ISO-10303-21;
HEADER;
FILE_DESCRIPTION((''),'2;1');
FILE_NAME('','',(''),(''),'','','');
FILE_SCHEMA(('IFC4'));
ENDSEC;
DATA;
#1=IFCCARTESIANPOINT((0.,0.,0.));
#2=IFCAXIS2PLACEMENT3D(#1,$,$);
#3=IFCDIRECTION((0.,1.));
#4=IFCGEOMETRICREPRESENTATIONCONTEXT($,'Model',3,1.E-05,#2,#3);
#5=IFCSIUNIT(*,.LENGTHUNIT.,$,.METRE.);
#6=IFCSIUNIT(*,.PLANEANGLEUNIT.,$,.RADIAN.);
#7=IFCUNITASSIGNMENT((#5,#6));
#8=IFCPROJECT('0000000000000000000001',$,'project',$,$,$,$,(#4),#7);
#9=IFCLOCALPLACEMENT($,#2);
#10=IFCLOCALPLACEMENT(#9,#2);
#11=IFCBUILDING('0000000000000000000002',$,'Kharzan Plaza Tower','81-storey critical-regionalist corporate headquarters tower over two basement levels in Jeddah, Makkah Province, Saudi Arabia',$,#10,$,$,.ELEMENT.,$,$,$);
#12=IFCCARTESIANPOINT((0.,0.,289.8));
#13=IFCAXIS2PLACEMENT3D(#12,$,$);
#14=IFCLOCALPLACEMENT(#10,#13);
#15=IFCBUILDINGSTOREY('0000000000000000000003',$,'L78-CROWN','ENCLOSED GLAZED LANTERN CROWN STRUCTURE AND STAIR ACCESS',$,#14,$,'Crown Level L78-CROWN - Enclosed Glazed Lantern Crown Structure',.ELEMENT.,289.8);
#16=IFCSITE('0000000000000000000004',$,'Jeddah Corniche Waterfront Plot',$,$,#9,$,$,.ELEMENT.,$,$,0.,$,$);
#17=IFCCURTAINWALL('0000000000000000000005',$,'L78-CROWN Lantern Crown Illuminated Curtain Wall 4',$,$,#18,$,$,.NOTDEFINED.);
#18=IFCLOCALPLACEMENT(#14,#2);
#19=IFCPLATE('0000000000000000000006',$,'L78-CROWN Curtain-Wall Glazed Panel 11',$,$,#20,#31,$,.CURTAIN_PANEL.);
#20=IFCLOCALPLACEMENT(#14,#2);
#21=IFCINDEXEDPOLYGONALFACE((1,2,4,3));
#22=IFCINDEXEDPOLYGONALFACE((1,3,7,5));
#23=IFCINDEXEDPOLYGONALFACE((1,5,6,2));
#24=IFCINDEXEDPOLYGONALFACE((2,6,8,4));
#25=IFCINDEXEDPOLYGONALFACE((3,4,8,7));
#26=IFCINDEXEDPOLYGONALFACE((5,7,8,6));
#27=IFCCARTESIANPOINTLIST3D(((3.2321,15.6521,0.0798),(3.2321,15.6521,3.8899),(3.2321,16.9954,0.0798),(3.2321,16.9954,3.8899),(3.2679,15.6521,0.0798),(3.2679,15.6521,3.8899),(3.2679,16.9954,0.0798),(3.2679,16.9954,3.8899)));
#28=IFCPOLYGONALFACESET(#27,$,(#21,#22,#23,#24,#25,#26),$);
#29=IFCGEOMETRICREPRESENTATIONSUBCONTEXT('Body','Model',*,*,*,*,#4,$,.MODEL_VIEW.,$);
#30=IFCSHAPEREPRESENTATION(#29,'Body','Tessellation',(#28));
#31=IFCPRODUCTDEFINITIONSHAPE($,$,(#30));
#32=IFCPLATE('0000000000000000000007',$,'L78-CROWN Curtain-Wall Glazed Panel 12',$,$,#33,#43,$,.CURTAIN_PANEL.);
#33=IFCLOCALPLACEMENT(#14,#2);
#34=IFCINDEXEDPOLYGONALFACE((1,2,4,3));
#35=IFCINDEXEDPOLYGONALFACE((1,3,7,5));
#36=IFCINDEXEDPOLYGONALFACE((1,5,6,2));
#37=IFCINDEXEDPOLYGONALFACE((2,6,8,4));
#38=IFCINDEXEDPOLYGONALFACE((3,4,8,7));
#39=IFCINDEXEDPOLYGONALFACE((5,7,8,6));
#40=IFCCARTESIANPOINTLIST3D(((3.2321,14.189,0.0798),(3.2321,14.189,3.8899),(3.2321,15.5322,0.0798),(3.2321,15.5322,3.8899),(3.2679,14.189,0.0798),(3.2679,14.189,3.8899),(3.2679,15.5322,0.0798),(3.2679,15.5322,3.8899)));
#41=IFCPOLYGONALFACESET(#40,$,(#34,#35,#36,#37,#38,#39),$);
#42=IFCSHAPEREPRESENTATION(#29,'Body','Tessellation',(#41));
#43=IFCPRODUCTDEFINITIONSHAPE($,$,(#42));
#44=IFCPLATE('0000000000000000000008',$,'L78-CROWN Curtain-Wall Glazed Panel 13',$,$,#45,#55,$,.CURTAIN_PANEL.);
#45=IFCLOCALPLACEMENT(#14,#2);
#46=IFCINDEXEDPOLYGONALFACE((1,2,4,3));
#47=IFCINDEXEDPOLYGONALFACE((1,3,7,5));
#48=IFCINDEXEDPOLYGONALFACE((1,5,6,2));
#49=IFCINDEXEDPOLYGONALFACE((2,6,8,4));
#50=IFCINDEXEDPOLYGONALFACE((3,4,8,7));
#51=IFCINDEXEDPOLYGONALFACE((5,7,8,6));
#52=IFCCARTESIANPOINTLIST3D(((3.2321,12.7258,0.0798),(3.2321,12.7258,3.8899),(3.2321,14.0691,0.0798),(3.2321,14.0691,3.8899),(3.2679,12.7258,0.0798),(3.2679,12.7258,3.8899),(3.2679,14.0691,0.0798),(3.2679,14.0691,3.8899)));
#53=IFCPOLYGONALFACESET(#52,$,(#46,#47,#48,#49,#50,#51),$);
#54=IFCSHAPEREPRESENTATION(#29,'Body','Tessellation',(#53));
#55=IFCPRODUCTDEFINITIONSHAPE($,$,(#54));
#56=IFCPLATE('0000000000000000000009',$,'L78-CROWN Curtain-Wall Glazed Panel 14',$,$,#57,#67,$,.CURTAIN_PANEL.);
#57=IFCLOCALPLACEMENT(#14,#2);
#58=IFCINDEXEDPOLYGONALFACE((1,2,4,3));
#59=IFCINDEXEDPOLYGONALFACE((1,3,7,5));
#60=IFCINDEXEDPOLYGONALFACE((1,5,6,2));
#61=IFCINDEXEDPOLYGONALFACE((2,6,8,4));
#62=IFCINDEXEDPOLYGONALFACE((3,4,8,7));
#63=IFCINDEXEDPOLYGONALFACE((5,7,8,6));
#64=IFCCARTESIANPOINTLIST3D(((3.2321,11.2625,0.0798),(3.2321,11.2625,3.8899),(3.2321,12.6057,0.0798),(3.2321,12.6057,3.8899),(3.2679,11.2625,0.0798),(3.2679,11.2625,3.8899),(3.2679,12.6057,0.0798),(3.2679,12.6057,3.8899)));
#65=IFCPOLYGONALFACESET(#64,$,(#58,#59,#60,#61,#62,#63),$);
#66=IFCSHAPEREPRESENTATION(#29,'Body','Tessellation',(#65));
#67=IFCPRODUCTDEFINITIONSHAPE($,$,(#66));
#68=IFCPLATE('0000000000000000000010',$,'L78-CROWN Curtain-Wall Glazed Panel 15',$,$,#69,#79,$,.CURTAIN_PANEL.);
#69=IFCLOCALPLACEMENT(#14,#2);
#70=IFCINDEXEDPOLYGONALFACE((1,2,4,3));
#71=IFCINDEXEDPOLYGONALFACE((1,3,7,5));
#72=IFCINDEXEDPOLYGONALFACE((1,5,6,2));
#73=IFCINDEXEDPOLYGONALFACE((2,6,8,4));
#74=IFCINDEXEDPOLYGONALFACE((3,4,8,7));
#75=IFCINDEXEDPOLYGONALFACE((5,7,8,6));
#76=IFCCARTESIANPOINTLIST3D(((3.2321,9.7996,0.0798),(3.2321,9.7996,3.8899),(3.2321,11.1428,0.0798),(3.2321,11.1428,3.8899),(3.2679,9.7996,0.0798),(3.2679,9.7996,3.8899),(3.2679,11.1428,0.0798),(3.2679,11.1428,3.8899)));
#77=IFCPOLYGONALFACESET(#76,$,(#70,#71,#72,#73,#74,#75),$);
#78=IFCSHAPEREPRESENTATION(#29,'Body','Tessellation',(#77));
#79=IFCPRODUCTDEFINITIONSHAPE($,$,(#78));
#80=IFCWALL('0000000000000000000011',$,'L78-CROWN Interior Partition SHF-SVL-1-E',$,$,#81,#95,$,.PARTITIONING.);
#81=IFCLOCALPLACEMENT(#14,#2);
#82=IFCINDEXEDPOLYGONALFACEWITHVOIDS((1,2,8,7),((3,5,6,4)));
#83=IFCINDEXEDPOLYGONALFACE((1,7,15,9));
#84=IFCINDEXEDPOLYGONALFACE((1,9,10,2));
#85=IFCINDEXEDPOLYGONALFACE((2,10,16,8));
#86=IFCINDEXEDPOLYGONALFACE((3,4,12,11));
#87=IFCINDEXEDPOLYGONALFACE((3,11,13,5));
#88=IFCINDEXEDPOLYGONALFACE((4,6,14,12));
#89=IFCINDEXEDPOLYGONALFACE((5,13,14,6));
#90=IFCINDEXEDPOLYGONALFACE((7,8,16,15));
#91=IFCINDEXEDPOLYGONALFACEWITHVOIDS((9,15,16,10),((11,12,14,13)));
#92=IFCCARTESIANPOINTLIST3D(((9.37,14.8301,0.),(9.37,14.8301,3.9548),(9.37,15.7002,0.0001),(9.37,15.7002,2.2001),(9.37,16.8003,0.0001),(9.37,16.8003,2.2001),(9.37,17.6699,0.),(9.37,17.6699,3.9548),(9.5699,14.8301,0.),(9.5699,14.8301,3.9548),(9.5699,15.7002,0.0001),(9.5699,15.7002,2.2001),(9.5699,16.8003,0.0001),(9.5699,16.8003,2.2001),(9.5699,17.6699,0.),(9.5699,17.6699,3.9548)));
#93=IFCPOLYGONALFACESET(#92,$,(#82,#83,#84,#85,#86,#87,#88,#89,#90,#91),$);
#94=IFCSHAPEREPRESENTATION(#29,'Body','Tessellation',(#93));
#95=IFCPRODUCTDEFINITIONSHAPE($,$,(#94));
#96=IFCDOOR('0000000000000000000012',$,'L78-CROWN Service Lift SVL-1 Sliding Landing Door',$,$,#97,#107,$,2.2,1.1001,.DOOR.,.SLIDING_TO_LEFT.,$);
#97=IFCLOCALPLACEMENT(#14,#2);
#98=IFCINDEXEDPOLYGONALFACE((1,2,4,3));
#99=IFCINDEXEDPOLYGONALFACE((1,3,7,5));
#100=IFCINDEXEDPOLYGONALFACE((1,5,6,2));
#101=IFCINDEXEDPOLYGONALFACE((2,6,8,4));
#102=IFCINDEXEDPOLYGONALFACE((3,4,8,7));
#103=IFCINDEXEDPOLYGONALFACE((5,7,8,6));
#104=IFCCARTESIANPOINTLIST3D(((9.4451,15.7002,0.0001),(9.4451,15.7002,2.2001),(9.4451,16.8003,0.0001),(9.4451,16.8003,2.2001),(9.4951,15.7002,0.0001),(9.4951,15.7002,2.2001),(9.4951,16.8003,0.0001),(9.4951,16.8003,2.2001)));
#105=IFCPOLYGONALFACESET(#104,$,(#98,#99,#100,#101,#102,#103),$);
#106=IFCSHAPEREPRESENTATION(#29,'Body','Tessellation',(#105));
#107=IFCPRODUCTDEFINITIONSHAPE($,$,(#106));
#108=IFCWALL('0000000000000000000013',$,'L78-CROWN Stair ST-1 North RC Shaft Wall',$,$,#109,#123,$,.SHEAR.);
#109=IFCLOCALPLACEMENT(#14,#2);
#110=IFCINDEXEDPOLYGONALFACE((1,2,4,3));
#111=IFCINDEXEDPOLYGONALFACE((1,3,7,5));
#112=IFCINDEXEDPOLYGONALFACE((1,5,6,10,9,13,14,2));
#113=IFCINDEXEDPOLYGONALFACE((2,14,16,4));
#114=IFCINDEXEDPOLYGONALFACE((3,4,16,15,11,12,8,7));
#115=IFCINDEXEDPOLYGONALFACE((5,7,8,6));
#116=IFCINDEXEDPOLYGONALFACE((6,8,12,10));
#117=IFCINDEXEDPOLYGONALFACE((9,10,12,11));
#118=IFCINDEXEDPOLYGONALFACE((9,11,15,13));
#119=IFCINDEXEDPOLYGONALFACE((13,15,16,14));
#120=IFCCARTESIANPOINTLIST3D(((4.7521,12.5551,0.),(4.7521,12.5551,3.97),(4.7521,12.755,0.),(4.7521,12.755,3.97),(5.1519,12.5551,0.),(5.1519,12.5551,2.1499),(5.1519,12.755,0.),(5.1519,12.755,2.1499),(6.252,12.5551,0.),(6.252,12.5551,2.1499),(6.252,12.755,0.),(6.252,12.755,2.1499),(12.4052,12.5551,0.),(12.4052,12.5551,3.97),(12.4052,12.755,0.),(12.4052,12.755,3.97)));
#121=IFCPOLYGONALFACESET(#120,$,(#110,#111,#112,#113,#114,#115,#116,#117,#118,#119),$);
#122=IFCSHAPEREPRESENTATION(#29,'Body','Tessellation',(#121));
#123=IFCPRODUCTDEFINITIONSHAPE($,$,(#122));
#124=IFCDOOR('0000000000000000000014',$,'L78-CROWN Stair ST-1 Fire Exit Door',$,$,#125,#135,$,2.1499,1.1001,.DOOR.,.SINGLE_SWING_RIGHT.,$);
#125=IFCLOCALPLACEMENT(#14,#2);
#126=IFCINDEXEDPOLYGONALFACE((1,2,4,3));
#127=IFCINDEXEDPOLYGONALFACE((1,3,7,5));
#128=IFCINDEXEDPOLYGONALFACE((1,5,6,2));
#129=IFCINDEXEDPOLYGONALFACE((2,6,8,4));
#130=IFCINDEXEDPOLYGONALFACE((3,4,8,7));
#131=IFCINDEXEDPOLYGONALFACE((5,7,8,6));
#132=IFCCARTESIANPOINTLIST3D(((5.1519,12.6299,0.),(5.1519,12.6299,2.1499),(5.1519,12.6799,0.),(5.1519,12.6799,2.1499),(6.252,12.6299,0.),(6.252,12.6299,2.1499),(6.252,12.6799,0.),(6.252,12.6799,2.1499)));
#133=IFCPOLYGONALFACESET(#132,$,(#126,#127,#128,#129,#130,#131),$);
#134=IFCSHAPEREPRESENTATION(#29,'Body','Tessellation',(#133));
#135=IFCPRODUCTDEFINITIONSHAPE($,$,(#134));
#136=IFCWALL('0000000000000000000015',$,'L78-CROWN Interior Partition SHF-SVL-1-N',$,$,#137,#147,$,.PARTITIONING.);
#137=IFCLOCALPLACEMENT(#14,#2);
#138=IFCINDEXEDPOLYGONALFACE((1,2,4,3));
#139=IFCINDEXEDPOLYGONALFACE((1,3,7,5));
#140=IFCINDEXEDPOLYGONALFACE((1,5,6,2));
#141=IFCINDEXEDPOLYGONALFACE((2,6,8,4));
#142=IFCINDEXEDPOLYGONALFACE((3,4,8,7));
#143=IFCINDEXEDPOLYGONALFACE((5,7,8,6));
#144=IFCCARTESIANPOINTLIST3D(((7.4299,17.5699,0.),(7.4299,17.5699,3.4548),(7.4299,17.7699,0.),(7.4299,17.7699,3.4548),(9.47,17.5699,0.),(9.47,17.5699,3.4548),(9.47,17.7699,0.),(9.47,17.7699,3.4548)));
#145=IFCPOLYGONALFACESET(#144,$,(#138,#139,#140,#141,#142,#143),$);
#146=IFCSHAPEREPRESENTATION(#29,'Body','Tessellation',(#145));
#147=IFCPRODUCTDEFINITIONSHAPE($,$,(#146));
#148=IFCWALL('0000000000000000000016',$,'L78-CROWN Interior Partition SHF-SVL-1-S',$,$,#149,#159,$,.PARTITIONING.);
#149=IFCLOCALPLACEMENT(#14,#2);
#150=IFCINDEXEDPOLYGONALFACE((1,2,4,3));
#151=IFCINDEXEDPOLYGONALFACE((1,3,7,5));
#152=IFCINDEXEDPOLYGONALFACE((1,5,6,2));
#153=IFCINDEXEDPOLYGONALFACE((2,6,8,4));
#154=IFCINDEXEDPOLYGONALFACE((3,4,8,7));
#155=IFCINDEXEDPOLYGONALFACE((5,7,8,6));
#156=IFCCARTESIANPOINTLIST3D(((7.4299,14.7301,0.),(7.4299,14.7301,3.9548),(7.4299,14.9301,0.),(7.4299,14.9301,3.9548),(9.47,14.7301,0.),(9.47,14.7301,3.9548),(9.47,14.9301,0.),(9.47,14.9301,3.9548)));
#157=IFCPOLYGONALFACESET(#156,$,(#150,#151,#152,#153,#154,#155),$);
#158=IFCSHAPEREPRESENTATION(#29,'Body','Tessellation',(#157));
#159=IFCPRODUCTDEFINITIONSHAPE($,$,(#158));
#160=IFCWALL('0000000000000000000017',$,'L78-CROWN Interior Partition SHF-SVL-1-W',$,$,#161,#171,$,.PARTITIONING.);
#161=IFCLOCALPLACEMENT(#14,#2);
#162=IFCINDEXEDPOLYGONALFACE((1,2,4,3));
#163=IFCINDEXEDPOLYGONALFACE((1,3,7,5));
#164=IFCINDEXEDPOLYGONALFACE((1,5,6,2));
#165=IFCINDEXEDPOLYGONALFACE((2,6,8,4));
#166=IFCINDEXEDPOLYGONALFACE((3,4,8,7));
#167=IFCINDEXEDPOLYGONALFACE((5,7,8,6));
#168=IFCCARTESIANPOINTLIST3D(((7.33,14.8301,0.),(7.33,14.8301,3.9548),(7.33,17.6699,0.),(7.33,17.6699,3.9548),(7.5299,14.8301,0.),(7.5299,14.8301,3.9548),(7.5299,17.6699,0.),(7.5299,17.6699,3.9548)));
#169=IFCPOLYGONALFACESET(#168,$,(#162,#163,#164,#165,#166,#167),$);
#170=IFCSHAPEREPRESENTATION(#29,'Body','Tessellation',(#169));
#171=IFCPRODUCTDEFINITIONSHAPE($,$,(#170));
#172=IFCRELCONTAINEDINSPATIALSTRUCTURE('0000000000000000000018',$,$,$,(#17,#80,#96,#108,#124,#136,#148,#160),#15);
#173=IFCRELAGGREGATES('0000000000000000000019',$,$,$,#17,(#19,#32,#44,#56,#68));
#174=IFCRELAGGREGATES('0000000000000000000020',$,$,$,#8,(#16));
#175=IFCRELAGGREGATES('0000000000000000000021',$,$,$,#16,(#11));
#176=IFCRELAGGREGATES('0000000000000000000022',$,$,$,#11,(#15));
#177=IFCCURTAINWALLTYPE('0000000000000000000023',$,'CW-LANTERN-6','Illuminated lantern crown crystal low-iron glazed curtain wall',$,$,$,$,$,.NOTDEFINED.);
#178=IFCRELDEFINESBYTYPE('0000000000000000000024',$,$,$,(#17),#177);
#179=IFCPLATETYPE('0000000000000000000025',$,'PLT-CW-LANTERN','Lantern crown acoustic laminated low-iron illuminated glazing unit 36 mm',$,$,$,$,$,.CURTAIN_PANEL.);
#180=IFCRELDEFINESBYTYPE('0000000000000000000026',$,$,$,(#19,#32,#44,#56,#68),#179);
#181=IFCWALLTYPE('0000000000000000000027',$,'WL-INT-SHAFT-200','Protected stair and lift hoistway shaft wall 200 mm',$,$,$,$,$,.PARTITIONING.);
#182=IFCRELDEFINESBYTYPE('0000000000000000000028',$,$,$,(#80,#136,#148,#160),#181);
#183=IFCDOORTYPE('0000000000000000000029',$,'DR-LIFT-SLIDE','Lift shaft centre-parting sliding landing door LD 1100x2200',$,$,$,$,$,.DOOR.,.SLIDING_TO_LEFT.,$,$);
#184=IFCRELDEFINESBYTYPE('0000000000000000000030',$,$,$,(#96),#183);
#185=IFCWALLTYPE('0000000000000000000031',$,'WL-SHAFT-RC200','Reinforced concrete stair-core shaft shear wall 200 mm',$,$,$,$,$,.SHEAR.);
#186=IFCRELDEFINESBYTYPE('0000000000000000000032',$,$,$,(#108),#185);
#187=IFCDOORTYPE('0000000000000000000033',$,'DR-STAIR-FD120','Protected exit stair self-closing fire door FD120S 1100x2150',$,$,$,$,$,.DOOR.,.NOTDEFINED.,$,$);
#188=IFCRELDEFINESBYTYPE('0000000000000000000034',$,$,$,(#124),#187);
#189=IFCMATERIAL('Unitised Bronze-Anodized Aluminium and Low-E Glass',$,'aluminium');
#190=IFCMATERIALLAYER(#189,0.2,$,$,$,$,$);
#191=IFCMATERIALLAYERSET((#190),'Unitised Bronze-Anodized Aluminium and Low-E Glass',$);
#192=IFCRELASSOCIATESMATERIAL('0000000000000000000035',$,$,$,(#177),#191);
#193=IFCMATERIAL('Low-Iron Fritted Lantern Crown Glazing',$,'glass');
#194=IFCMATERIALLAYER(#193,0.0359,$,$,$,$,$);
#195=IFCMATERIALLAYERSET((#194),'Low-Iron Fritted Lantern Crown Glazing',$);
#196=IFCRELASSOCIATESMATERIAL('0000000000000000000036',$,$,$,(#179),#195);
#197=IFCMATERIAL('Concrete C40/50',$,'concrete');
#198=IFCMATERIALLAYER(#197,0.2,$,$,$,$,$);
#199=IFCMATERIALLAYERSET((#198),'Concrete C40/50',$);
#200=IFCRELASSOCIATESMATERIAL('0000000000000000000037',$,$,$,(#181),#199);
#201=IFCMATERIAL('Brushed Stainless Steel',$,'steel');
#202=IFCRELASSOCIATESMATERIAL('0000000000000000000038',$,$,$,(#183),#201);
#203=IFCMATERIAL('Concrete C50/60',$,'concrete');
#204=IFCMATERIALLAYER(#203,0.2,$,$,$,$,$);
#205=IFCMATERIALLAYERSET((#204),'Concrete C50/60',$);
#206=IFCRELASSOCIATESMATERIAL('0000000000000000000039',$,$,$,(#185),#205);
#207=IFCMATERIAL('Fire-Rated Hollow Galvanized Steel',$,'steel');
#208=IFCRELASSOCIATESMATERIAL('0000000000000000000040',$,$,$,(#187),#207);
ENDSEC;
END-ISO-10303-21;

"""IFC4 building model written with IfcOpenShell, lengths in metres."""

from ifc_helpers import new_model, si_unit, direction, frame, frame_2d, origin, origin_2d, place, context, subcontext, project, spatial, rectangle, extrude, source, transform, mapped, material, layer, layer_set, type_object, element, fill, aggregate, save


model = new_model("IFC4")

# Units and contexts
model_context = context("Model", 3, precision=1e-05, world=origin(), true_north=direction((0.0, 1.0)))
body_context = subcontext(model_context, "Body", "Model", "MODEL_VIEW")
ifc_project = project(units=[si_unit("LENGTHUNIT", "METRE"), si_unit("PLANEANGLEUNIT", "RADIAN")], contexts=[model_context])

# Site, building, storey
site_placement = place(None, origin())
site = spatial("IfcSite", under=ifc_project, at=site_placement, Name="Jeddah Corniche Waterfront Plot", CompositionType="ELEMENT", RefElevation=0.0)
building_placement = place(site_placement, origin())
building = spatial("IfcBuilding", under=site, at=building_placement, Name="Kharzan Plaza Tower", Description="81-storey critical-regionalist corporate headquarters tower over two basement levels in Jeddah, Makkah Province, Saudi Arabia", CompositionType="ELEMENT")
storey_placement = place(building_placement, frame((0.0, 0.0, 289.8)))
storey = spatial("IfcBuildingStorey", under=building, at=storey_placement, Name="L78-CROWN", Description="ENCLOSED GLAZED LANTERN CROWN STRUCTURE AND STAIR ACCESS", LongName="Crown Level L78-CROWN - Enclosed Glazed Lantern Crown Structure", CompositionType="ELEMENT", Elevation=289.8)

# Curtain wall, plates
ifc_material_1 = material(Name="Unitised Bronze-Anodized Aluminium and Low-E Glass", Category="aluminium")
ifc_layer_1 = layer(ifc_material_1, 0.2)
ifc_layer_set_1 = layer_set([ifc_layer_1], Name="Unitised Bronze-Anodized Aluminium and Low-E Glass")
curtain_wall_type = type_object("IfcCurtainWallType", Name="CW-LANTERN-6", Description="Illuminated lantern crown crystal low-iron glazed curtain wall", PredefinedType="NOTDEFINED", material=ifc_layer_set_1)
curtain_wall_placement = place(storey_placement, origin())
curtain_wall = element("IfcCurtainWall", 1, at=curtain_wall_placement, inside=storey, type_object=curtain_wall_type, Name="L78-CROWN Lantern Crown Illuminated Curtain Wall 4", PredefinedType="NOTDEFINED")
ifc_material_2 = material(Name="Low-Iron Fritted Lantern Crown Glazing", Category="glass")
ifc_layer_2 = layer(ifc_material_2, 0.0359)
ifc_layer_set_2 = layer_set([ifc_layer_2], Name="Low-Iron Fritted Lantern Crown Glazing")
plate_type = type_object("IfcPlateType", Name="PLT-CW-LANTERN", Description="Lantern crown acoustic laminated low-iron illuminated glazing unit 36 mm", PredefinedType="CURTAIN_PANEL", material=ifc_layer_set_2)
shared_shape_1 = source(origin(), body_context, "Body", "SweptSolid", [
    extrude(rectangle(XDim=1.3433, YDim=0.0359, at=origin_2d()), origin(), (0.0, 0.0, 1.0), 3.8101),
])
plate_1_placement = place(storey_placement, frame((3.25, 16.3237, 0.0798), z_axis=(0.0, 0.0, 1.0), x_axis=(0.0, -1.0, 0.0)))
plate_1 = element("IfcPlate", 2, at=plate_1_placement, type_object=plate_type, Name="L78-CROWN Curtain-Wall Glazed Panel 11", PredefinedType="CURTAIN_PANEL", context=body_context, shape_type="MappedRepresentation", body=[
    mapped(shared_shape_1, transform((0.0, 0.0, 0.0), x_axis=(1.0, 0.0, 0.0), y_axis=(0.0, 1.0, 0.0), z_axis=(0.0, 0.0, 1.0))),
])
plate_2_placement = place(storey_placement, frame((3.25, 14.8606, 0.0798), z_axis=(0.0, 0.0, 1.0), x_axis=(0.0, -1.0, 0.0)))
plate_2 = element("IfcPlate", 3, at=plate_2_placement, type_object=plate_type, Name="L78-CROWN Curtain-Wall Glazed Panel 12", PredefinedType="CURTAIN_PANEL", context=body_context, shape_type="MappedRepresentation", body=[
    mapped(shared_shape_1, transform((0.0, 0.0, 0.0), x_axis=(1.0, 0.0, 0.0), y_axis=(0.0, 1.0, 0.0), z_axis=(0.0, 0.0, 1.0))),
])
plate_3_placement = place(storey_placement, frame((3.25, 13.3975, 0.0798), z_axis=(0.0, 0.0, 1.0), x_axis=(0.0, -1.0, 0.0)))
plate_3 = element("IfcPlate", 4, at=plate_3_placement, type_object=plate_type, Name="L78-CROWN Curtain-Wall Glazed Panel 13", PredefinedType="CURTAIN_PANEL", context=body_context, shape_type="MappedRepresentation", body=[
    mapped(shared_shape_1, transform((0.0, 0.0, 0.0), x_axis=(1.0, 0.0, 0.0), y_axis=(0.0, 1.0, 0.0), z_axis=(0.0, 0.0, 1.0))),
])
plate_4_placement = place(storey_placement, frame((3.25, 11.9341, 0.0798), z_axis=(0.0, 0.0, 1.0), x_axis=(0.0, -1.0, 0.0)))
plate_4 = element("IfcPlate", 5, at=plate_4_placement, type_object=plate_type, Name="L78-CROWN Curtain-Wall Glazed Panel 14", PredefinedType="CURTAIN_PANEL", context=body_context, shape_type="MappedRepresentation", body=[
    mapped(shared_shape_1, transform((0.0, 0.0, 0.0), x_axis=(1.0, 0.0, 0.0), y_axis=(0.0, 1.0, 0.0), z_axis=(0.0, 0.0, 1.0))),
])
plate_5_placement = place(storey_placement, frame((3.25, 10.4712, 0.0798), z_axis=(0.0, 0.0, 1.0), x_axis=(0.0, -1.0, 0.0)))
plate_5 = element("IfcPlate", 6, at=plate_5_placement, type_object=plate_type, Name="L78-CROWN Curtain-Wall Glazed Panel 15", PredefinedType="CURTAIN_PANEL", context=body_context, shape_type="MappedRepresentation", body=[
    mapped(shared_shape_1, transform((0.0, 0.0, 0.0), x_axis=(1.0, 0.0, 0.0), y_axis=(0.0, 1.0, 0.0), z_axis=(0.0, 0.0, 1.0))),
])
aggregate(curtain_wall, [plate_1, plate_2, plate_3, plate_4, plate_5])

# Walls, openings, doors
ifc_material_3 = material(Name="Concrete C40/50", Category="concrete")
ifc_layer_3 = layer(ifc_material_3, 0.2)
ifc_layer_set_3 = layer_set([ifc_layer_3], Name="Concrete C40/50")
wall_type_1 = type_object("IfcWallType", Name="WL-INT-SHAFT-200", Description="Protected stair and lift hoistway shaft wall 200 mm", PredefinedType="PARTITIONING", material=ifc_layer_set_3)
wall_1_placement = place(storey_placement, frame((9.47, 14.8301, 0.0), z_axis=(0.0, 0.0, 1.0), x_axis=(0.0, 1.0, 0.0)))
wall_1 = element("IfcWall", 7, at=wall_1_placement, inside=storey, type_object=wall_type_1, Name="L78-CROWN Interior Partition SHF-SVL-1-E", PredefinedType="PARTITIONING", context=body_context, shape_type="SweptSolid", body=[
    extrude(rectangle(XDim=2.8398, YDim=0.2, at=frame_2d((1.4199, 0.0))), origin(), (0.0, 0.0, 1.0), 3.9548),
])
opening_1_placement = place(wall_1_placement, frame((0.8701, 0.0, 0.0)))
opening_1 = element("IfcOpeningElement", 8, at=opening_1_placement, cuts=wall_1, PredefinedType="OPENING", context=body_context, shape_type="SweptSolid", body=[
    extrude(rectangle(XDim=1.1001, YDim=2.2, at=frame_2d((0.55, 1.1001))), frame((0.0, 0.1099, 0.0), z_axis=(0.0, -1.0, 0.0), x_axis=(1.0, 0.0, 0.0)), (0.0, 0.0, 1.0), 0.22),
])
ifc_material_4 = material(Name="Brushed Stainless Steel", Category="steel")
door_type_1 = type_object("IfcDoorType", Name="DR-LIFT-SLIDE", Description="Lift shaft centre-parting sliding landing door LD 1100x2200", OperationType="SLIDING_TO_LEFT", PredefinedType="DOOR", material=ifc_material_4)
shared_shape_2 = source(origin(), body_context, "Body", "SweptSolid", [
    extrude(rectangle(XDim=1.1001, YDim=2.2, at=frame_2d((0.55, 1.1001))), frame((0.0, 0.0249, 0.0), z_axis=(0.0, -1.0, 0.0), x_axis=(1.0, 0.0, 0.0)), (0.0, 0.0, 1.0), 0.05),
])
door_1_placement = place(opening_1_placement, origin())
door_1 = element("IfcDoor", 9, at=door_1_placement, inside=storey, type_object=door_type_1, Name="L78-CROWN Service Lift SVL-1 Sliding Landing Door", OperationType="SLIDING_TO_LEFT", OverallHeight=2.2, OverallWidth=1.1001, PredefinedType="DOOR", context=body_context, shape_type="MappedRepresentation", body=[
    mapped(shared_shape_2, transform((0.0, 0.0, 0.0), x_axis=(1.0, 0.0, 0.0), y_axis=(0.0, 1.0, 0.0), z_axis=(0.0, 0.0, 1.0))),
])
fill(opening_1, door_1)
ifc_material_5 = material(Name="Concrete C50/60", Category="concrete")
ifc_layer_4 = layer(ifc_material_5, 0.2)
ifc_layer_set_4 = layer_set([ifc_layer_4], Name="Concrete C50/60")
wall_type_2 = type_object("IfcWallType", Name="WL-SHAFT-RC200", Description="Reinforced concrete stair-core shaft shear wall 200 mm", PredefinedType="SHEAR", material=ifc_layer_set_4)
wall_2_placement = place(storey_placement, frame((4.752, 12.655, 0.0), z_axis=(0.0, 0.0, 1.0), x_axis=(1.0, 0.0, 0.0)))
wall_2 = element("IfcWall", 10, at=wall_2_placement, inside=storey, type_object=wall_type_2, Name="L78-CROWN Stair ST-1 North RC Shaft Wall", PredefinedType="SHEAR", context=body_context, shape_type="SweptSolid", body=[
    extrude(rectangle(XDim=7.6531, YDim=0.2, at=frame_2d((3.8267, 0.0))), origin(), (0.0, 0.0, 1.0), 3.97),
])
opening_2_placement = place(wall_2_placement, frame((0.3999, 0.0, 0.0)))
opening_2 = element("IfcOpeningElement", 11, at=opening_2_placement, cuts=wall_2, PredefinedType="OPENING", context=body_context, shape_type="SweptSolid", body=[
    extrude(rectangle(XDim=1.1001, YDim=2.1499, at=frame_2d((0.55, 1.075))), frame((0.0, 0.1099, 0.0), z_axis=(0.0, -1.0, 0.0), x_axis=(1.0, 0.0, 0.0)), (0.0, 0.0, 1.0), 0.22),
])
ifc_material_6 = material(Name="Fire-Rated Hollow Galvanized Steel", Category="steel")
door_type_2 = type_object("IfcDoorType", Name="DR-STAIR-FD120", Description="Protected exit stair self-closing fire door FD120S 1100x2150", OperationType="NOTDEFINED", PredefinedType="DOOR", material=ifc_material_6)
shared_shape_3 = source(origin(), body_context, "Body", "SweptSolid", [
    extrude(rectangle(XDim=1.1001, YDim=2.1499, at=frame_2d((0.55, 1.075))), frame((0.0, 0.0249, 0.0), z_axis=(0.0, -1.0, 0.0), x_axis=(1.0, 0.0, 0.0)), (0.0, 0.0, 1.0), 0.05),
])
door_2_placement = place(opening_2_placement, origin())
door_2 = element("IfcDoor", 12, at=door_2_placement, inside=storey, type_object=door_type_2, Name="L78-CROWN Stair ST-1 Fire Exit Door", OperationType="SINGLE_SWING_RIGHT", OverallHeight=2.1499, OverallWidth=1.1001, PredefinedType="DOOR", context=body_context, shape_type="MappedRepresentation", body=[
    mapped(shared_shape_3, transform((0.0, 0.0, 0.0), x_axis=(1.0, 0.0, 0.0), y_axis=(0.0, 1.0, 0.0), z_axis=(0.0, 0.0, 1.0))),
])
fill(opening_2, door_2)

# Walls
shared_shape_4 = source(origin(), body_context, "Body", "SweptSolid", [
    extrude(rectangle(XDim=2.04, YDim=0.2, at=frame_2d((1.02, 0.0))), origin(), (0.0, 0.0, 1.0), 3.4548),
])
wall_3_placement = place(storey_placement, frame((7.4299, 17.6699, 0.0), z_axis=(0.0, 0.0, 1.0), x_axis=(1.0, 0.0, 0.0)))
element("IfcWall", 13, at=wall_3_placement, inside=storey, type_object=wall_type_1, Name="L78-CROWN Interior Partition SHF-SVL-1-N", PredefinedType="PARTITIONING", context=body_context, shape_type="MappedRepresentation", body=[
    mapped(shared_shape_4, transform((0.0, 0.0, 0.0), x_axis=(1.0, 0.0, 0.0), y_axis=(0.0, 1.0, 0.0), z_axis=(0.0, 0.0, 1.0))),
])
shared_shape_5 = source(origin(), body_context, "Body", "SweptSolid", [
    extrude(rectangle(XDim=2.04, YDim=0.2, at=frame_2d((1.02, 0.0))), origin(), (0.0, 0.0, 1.0), 3.9548),
])
wall_4_placement = place(storey_placement, frame((7.4299, 14.8301, 0.0), z_axis=(0.0, 0.0, 1.0), x_axis=(1.0, 0.0, 0.0)))
element("IfcWall", 14, at=wall_4_placement, inside=storey, type_object=wall_type_1, Name="L78-CROWN Interior Partition SHF-SVL-1-S", PredefinedType="PARTITIONING", context=body_context, shape_type="MappedRepresentation", body=[
    mapped(shared_shape_5, transform((0.0, 0.0, 0.0), x_axis=(1.0, 0.0, 0.0), y_axis=(0.0, 1.0, 0.0), z_axis=(0.0, 0.0, 1.0))),
])
shared_shape_6 = source(origin(), body_context, "Body", "SweptSolid", [
    extrude(rectangle(XDim=2.8398, YDim=0.2, at=frame_2d((1.4199, 0.0))), origin(), (0.0, 0.0, 1.0), 3.9548),
])
wall_5_placement = place(storey_placement, frame((7.4299, 14.8301, 0.0), z_axis=(0.0, 0.0, 1.0), x_axis=(0.0, 1.0, 0.0)))
element("IfcWall", 15, at=wall_5_placement, inside=storey, type_object=wall_type_1, Name="L78-CROWN Interior Partition SHF-SVL-1-W", PredefinedType="PARTITIONING", context=body_context, shape_type="MappedRepresentation", body=[
    mapped(shared_shape_6, transform((0.0, 0.0, 0.0), x_axis=(1.0, 0.0, 0.0), y_axis=(0.0, 1.0, 0.0), z_axis=(0.0, 0.0, 1.0))),
])

save(model, "model.ifc")
